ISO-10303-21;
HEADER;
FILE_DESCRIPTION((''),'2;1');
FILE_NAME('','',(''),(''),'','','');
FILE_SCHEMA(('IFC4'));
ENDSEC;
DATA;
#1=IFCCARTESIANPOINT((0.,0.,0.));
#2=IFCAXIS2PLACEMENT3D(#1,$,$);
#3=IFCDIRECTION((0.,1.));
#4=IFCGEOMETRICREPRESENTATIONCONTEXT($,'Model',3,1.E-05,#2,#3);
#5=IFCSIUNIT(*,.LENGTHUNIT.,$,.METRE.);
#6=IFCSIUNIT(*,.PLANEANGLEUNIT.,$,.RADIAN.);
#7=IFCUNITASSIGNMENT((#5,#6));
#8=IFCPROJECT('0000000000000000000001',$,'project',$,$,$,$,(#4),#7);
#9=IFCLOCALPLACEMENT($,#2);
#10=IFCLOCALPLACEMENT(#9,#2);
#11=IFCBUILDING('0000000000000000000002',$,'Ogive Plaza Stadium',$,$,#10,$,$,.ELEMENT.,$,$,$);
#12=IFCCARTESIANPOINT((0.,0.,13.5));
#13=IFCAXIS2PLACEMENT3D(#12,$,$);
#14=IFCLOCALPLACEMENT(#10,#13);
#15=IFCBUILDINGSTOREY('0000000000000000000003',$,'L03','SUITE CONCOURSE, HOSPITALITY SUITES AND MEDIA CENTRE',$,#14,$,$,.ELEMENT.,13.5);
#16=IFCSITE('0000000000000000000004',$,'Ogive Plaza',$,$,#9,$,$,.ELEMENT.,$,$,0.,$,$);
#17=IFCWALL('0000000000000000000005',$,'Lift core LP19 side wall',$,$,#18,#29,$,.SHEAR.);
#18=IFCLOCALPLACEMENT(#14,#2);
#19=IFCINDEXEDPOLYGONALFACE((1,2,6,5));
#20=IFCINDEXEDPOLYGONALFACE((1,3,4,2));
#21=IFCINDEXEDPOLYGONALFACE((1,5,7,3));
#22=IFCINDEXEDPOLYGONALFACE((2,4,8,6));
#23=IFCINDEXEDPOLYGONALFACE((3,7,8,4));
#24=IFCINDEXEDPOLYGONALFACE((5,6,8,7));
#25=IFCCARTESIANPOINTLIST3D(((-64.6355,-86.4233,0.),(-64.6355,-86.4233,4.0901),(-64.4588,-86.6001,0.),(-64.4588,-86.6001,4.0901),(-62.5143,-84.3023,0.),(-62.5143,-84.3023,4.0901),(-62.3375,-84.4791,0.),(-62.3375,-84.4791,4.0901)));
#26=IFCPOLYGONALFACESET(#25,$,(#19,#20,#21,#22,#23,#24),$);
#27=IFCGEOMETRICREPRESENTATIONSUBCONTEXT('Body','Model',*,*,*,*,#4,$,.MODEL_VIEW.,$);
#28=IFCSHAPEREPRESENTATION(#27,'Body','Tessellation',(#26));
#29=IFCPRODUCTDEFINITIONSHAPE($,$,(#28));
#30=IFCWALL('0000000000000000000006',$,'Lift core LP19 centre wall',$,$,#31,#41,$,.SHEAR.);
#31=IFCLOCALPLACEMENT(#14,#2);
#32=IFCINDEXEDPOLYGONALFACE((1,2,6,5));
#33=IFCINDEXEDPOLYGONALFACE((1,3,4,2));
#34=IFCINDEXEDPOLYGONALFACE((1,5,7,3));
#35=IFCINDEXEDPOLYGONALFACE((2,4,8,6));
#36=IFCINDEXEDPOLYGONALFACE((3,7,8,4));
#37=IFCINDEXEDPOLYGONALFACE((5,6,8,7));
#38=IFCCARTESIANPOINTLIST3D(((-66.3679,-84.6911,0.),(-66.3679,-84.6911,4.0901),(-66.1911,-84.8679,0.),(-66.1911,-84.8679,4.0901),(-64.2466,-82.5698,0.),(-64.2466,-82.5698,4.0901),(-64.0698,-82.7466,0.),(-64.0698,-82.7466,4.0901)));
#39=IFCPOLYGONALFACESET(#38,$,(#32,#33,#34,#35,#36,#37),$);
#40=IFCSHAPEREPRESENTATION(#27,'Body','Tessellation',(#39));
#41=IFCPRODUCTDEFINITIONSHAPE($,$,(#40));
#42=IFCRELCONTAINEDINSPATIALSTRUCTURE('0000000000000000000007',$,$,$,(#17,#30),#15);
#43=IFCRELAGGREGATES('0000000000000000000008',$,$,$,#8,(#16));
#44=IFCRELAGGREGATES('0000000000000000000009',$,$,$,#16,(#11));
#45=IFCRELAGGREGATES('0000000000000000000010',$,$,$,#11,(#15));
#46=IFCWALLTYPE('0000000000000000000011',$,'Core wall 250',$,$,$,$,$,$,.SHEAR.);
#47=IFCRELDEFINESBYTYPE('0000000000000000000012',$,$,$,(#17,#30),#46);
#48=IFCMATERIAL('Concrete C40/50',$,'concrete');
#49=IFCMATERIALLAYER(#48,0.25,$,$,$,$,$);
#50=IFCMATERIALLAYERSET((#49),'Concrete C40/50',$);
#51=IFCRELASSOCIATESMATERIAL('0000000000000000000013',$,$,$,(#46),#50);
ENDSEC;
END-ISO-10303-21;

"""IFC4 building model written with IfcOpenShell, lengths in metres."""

from ifc_helpers import new_model, si_unit, direction, frame, frame_2d, origin, place, context, subcontext, project, spatial, rectangle, extrude, material, layer, layer_set, type_object, element, save


model = new_model("IFC4")

# Units and contexts
model_context = context("Model", 3, precision=1e-05, world=origin(), true_north=direction((0.0, 1.0)))
body_context = subcontext(model_context, "Body", "Model", "MODEL_VIEW")
ifc_project = project(units=[si_unit("LENGTHUNIT", "METRE"), si_unit("PLANEANGLEUNIT", "RADIAN")], contexts=[model_context])

# Site, building, storey
site_placement = place(None, origin())
site = spatial("IfcSite", under=ifc_project, at=site_placement, Name="Ogive Plaza", CompositionType="ELEMENT", RefElevation=0.0)
building_placement = place(site_placement, origin())
building = spatial("IfcBuilding", under=site, at=building_placement, Name="Ogive Plaza Stadium", CompositionType="ELEMENT")
storey_placement = place(building_placement, frame((0.0, 0.0, 13.5)))
storey = spatial("IfcBuildingStorey", under=building, at=storey_placement, Name="L03", Description="SUITE CONCOURSE, HOSPITALITY SUITES AND MEDIA CENTRE", CompositionType="ELEMENT", Elevation=13.5)

# Walls
ifc_material_1 = material(Name="Concrete C40/50", Category="concrete")
ifc_layer_1 = layer(ifc_material_1, 0.25)
ifc_layer_set_1 = layer_set([ifc_layer_1], Name="Concrete C40/50")
wall_type = type_object("IfcWallType", Name="Core wall 250", PredefinedType="SHEAR", material=ifc_layer_set_1)
wall_1_placement = place(storey_placement, frame((-62.4258, -84.3906, 0.0), z_axis=(0.0, 0.0, 1.0), x_axis=(-0.707147, -0.707066, 0.0)))
element("IfcWall", 1, at=wall_1_placement, inside=storey, type_object=wall_type, Name="Lift core LP19 side wall", PredefinedType="SHEAR", context=body_context, shape_type="SweptSolid", body=[
    extrude(rectangle(XDim=2.9998, YDim=0.25, at=frame_2d((1.5, 0.0))), origin(), (0.0, 0.0, 1.0), 4.0901),
])
wall_2_placement = place(storey_placement, frame((-64.1582, -82.6582, 0.0), z_axis=(0.0, 0.0, 1.0), x_axis=(-0.707107, -0.707107, 0.0)))
element("IfcWall", 2, at=wall_2_placement, inside=storey, type_object=wall_type, Name="Lift core LP19 centre wall", PredefinedType="SHEAR", context=body_context, shape_type="SweptSolid", body=[
    extrude(rectangle(XDim=3.0, YDim=0.25, at=frame_2d((1.5, 0.0))), origin(), (0.0, 0.0, 1.0), 4.0901),
])

save(model, "model.ifc")
